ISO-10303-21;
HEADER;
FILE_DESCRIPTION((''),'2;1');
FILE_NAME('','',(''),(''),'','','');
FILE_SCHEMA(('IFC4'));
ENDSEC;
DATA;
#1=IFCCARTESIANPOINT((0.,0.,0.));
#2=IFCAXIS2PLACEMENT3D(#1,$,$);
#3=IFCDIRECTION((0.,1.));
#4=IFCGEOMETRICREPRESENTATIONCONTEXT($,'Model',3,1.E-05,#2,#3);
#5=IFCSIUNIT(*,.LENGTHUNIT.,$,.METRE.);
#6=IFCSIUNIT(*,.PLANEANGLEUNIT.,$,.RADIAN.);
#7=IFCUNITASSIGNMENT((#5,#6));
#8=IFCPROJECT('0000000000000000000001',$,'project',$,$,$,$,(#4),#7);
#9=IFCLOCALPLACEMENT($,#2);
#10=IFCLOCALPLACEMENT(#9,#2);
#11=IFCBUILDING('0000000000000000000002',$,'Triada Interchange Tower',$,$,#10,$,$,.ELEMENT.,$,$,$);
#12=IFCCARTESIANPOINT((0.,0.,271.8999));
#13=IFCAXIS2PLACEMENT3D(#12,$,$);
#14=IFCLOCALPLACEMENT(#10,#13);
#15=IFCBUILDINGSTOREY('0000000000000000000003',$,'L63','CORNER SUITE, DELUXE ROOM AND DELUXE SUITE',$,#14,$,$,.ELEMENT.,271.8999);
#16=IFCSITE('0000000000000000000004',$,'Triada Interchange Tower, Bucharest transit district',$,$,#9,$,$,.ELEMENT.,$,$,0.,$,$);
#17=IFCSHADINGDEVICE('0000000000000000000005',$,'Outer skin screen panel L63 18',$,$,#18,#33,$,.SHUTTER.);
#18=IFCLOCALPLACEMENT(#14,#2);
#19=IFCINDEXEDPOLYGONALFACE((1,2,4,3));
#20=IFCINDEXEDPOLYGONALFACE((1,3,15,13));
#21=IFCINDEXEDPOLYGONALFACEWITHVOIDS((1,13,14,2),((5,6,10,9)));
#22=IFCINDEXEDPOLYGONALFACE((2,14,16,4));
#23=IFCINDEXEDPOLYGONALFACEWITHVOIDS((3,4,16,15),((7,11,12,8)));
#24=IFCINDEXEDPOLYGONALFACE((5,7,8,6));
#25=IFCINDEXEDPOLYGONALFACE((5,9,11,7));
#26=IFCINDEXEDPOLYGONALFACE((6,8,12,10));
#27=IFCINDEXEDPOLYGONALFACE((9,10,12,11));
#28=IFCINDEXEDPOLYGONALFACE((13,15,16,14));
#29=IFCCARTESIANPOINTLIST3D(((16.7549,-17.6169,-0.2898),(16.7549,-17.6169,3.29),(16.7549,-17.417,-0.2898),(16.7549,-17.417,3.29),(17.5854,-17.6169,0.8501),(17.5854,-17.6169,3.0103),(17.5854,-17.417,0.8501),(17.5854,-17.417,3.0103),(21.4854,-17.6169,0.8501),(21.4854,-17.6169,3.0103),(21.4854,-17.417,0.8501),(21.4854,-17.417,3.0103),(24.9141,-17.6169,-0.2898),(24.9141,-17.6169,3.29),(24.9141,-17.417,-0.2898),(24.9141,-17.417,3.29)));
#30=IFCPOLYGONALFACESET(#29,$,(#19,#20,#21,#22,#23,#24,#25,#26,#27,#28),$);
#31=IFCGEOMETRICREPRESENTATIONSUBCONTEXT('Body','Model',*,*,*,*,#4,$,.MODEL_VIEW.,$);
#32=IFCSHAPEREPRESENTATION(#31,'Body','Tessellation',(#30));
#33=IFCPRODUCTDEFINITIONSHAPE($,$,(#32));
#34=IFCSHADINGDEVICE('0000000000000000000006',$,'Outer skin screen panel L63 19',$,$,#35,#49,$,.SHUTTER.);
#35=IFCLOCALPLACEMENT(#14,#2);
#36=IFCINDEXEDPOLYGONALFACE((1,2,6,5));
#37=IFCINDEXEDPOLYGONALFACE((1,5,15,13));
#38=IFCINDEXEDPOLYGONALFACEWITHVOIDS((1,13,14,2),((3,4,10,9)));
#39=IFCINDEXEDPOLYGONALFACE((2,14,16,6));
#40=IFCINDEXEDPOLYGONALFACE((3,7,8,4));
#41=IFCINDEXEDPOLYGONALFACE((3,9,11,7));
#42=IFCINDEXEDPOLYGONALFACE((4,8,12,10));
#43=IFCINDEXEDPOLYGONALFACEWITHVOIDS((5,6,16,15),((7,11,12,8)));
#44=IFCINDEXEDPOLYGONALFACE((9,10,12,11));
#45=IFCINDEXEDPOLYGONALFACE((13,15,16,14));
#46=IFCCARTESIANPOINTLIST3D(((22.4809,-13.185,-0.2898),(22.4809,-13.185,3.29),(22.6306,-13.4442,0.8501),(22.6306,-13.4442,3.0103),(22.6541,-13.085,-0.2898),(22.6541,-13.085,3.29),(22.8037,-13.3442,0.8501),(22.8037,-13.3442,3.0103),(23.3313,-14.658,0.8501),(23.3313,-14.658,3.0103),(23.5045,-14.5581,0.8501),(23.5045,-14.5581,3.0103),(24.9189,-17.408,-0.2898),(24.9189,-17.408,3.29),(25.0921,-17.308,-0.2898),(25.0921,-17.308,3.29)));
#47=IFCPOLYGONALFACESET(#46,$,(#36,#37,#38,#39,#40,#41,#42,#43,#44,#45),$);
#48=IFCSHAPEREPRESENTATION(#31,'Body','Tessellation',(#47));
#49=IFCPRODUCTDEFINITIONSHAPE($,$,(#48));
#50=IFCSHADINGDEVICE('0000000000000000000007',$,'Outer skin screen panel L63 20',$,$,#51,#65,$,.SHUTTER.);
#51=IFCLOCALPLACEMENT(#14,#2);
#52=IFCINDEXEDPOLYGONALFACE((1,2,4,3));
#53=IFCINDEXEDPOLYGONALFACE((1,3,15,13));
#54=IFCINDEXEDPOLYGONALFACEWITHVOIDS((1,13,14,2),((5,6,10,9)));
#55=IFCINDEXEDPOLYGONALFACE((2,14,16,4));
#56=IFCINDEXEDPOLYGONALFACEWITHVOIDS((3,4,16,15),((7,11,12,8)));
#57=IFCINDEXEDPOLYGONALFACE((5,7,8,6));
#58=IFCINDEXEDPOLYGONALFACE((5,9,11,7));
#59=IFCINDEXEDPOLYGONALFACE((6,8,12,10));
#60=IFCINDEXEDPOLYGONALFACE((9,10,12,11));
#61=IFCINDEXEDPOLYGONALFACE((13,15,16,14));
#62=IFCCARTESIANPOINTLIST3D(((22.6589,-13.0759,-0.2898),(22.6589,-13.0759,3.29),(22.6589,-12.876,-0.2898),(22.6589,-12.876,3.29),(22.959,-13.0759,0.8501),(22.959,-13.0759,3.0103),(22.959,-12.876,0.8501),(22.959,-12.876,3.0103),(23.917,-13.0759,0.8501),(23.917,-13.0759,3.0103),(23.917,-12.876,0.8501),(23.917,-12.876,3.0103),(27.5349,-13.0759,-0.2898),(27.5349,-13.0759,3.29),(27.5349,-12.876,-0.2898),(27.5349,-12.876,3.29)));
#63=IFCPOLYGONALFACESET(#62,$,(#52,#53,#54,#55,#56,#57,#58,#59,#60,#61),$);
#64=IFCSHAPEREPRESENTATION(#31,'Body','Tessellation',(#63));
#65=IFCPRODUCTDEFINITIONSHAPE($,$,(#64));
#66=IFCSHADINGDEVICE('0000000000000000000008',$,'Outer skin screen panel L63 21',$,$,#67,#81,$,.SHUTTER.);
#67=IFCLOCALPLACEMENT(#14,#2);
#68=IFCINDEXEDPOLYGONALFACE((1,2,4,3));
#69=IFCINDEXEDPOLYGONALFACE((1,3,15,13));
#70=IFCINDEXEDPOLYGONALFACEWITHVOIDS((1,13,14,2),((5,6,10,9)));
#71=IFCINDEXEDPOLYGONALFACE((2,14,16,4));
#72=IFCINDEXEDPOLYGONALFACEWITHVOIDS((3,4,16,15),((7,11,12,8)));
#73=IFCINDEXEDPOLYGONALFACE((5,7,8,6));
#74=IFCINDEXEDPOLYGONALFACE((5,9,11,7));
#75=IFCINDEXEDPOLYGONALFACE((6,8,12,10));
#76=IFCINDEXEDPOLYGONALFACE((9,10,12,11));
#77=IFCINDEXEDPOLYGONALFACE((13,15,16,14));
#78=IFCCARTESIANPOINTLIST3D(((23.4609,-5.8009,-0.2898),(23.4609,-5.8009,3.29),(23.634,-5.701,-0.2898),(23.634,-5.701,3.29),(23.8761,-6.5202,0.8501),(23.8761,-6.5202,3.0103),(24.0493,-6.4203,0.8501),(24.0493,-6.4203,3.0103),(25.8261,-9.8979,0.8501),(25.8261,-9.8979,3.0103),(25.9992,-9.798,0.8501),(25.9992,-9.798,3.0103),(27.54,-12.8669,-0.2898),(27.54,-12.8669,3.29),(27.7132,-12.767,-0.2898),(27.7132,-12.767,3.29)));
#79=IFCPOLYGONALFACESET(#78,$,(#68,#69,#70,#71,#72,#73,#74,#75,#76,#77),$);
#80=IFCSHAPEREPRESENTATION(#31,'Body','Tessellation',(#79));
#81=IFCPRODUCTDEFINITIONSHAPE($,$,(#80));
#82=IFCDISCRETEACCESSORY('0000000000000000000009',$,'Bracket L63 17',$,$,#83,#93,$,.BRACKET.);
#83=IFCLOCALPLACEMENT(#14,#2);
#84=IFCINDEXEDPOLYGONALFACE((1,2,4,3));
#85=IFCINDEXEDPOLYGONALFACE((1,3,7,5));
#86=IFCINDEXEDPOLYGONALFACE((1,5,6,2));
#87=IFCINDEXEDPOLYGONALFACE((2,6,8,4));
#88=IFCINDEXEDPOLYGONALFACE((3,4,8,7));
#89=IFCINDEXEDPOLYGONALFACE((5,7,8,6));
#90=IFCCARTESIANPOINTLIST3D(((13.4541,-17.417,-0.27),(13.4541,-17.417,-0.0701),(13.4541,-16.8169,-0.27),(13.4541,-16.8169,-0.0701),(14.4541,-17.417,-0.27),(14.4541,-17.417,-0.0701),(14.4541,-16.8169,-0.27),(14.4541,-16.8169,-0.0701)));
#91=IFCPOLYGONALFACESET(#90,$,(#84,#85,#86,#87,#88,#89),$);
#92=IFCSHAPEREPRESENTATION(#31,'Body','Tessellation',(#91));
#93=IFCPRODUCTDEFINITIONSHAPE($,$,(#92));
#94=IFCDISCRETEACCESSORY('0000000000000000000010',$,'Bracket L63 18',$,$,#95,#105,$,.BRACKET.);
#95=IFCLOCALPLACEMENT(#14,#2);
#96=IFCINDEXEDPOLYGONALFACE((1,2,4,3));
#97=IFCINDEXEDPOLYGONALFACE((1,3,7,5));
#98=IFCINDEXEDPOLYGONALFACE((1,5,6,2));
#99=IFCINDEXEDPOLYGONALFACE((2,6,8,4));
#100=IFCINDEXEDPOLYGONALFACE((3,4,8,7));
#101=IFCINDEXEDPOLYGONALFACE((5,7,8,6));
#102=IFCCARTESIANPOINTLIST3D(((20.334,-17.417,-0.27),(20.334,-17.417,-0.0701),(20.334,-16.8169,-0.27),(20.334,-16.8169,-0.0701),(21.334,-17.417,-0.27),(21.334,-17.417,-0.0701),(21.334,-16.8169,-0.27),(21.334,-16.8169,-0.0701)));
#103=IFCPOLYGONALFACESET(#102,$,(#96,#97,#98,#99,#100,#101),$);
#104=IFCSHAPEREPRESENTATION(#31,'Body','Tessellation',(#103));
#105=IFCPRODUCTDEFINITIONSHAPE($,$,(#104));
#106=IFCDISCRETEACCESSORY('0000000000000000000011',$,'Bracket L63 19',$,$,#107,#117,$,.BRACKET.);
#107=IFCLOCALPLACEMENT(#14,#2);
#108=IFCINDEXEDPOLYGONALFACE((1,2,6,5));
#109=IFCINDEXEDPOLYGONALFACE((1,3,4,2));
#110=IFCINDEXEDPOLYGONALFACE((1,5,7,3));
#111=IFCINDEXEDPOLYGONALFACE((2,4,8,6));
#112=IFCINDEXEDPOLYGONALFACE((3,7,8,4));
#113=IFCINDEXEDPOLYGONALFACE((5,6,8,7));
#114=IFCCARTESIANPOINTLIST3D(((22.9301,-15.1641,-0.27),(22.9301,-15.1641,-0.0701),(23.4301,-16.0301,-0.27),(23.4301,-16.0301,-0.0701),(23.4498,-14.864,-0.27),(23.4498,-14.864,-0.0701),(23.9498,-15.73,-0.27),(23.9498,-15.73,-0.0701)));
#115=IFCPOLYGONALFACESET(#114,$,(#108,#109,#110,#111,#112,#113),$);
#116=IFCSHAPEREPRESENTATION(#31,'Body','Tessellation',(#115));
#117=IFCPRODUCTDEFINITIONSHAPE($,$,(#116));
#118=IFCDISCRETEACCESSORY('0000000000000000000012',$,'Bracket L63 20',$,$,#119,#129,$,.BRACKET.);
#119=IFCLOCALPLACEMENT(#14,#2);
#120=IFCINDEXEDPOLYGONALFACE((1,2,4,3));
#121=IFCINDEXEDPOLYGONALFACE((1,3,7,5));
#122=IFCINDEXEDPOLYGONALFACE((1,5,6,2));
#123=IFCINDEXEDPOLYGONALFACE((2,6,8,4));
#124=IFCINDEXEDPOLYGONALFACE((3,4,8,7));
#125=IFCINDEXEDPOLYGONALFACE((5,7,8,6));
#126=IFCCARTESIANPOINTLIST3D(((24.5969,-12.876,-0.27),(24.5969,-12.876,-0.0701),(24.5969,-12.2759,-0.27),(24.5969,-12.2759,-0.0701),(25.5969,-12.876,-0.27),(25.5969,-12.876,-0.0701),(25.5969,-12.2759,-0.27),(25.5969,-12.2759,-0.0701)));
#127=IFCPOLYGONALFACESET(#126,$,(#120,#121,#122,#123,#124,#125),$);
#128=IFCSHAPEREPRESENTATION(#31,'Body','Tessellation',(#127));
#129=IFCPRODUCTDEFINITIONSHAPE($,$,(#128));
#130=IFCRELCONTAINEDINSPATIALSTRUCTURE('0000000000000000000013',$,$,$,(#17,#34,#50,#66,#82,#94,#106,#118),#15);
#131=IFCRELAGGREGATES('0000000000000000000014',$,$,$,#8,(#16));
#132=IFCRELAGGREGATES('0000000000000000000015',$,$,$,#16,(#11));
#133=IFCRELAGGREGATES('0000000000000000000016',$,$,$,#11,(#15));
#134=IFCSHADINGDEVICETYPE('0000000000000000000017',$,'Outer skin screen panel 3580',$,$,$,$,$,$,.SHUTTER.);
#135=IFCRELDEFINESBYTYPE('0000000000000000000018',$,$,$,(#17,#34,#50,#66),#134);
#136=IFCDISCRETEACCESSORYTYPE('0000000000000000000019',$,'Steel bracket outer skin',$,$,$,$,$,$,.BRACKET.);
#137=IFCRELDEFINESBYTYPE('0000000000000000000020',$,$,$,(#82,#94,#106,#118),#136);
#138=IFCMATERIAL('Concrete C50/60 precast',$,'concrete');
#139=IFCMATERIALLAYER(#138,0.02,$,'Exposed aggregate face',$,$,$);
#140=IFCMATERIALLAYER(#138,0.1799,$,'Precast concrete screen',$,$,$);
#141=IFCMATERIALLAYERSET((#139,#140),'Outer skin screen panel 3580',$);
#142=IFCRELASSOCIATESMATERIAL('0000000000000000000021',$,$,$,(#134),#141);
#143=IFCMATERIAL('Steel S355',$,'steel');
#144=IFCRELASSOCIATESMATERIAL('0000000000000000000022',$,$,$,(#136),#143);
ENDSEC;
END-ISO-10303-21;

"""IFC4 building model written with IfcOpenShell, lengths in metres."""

from ifc_helpers import new_model, si_unit, direction, frame, origin, origin_2d, place, context, subcontext, project, spatial, polyline, rectangle, outline, extrude, material, layer, layer_set, type_object, element, save


model = new_model("IFC4")

# Units and contexts
model_context = context("Model", 3, precision=1e-05, world=origin(), true_north=direction((0.0, 1.0)))
body_context = subcontext(model_context, "Body", "Model", "MODEL_VIEW")
ifc_project = project(units=[si_unit("LENGTHUNIT", "METRE"), si_unit("PLANEANGLEUNIT", "RADIAN")], contexts=[model_context])

# Site, building, storey
site_placement = place(None, origin())
site = spatial("IfcSite", under=ifc_project, at=site_placement, Name="Triada Interchange Tower, Bucharest transit district", CompositionType="ELEMENT", RefElevation=0.0)
building_placement = place(site_placement, origin())
building = spatial("IfcBuilding", under=site, at=building_placement, Name="Triada Interchange Tower", CompositionType="ELEMENT")
storey_placement = place(building_placement, frame((0.0, 0.0, 271.8999)))
storey = spatial("IfcBuildingStorey", under=building, at=storey_placement, Name="L63", Description="CORNER SUITE, DELUXE ROOM AND DELUXE SUITE", CompositionType="ELEMENT", Elevation=271.8999)

# Shading devices
ifc_material_1 = material(Name="Concrete C50/60 precast", Category="concrete")
ifc_layer_1 = layer(ifc_material_1, 0.02, Name="Exposed aggregate face")
ifc_layer_2 = layer(ifc_material_1, 0.1799, Name="Precast concrete screen")
ifc_layer_set_1 = layer_set([ifc_layer_1, ifc_layer_2], Name="Outer skin screen panel 3580")
shading_device_type = type_object("IfcShadingDeviceType", Name="Outer skin screen panel 3580", PredefinedType="SHUTTER", material=ifc_layer_set_1)
shading_device_1_placement = place(storey_placement, frame((16.7549, -17.417, -0.2898), z_axis=(0.0, 0.0, 1.0), x_axis=(1.0, 0.0, 0.0)))
element("IfcShadingDevice", 1, at=shading_device_1_placement, inside=storey, type_object=shading_device_type, Name="Outer skin screen panel L63 18", PredefinedType="SHUTTER", context=body_context, shape_type="SweptSolid", body=[
    extrude(outline(polyline([(0.0, 0.0), (8.1592, 0.0), (8.1592, 3.5798), (0.0, 3.5798), (0.0, 0.0)]), holes=[polyline([(0.8306, 1.1399), (0.8306, 3.3), (4.7305, 3.3), (4.7305, 1.1399), (0.8306, 1.1399)])]), frame((0.0, 0.0, 0.0), z_axis=(0.0, -1.0, 0.0), x_axis=(1.0, 0.0, 0.0)), (0.0, 0.0, 1.0), 0.2),
])
shading_device_2_placement = place(storey_placement, frame((24.9189, -17.408, -0.2898), z_axis=(0.0, 0.0, 1.0), x_axis=(-0.499984, 0.866035, 0.0)))
element("IfcShadingDevice", 2, at=shading_device_2_placement, inside=storey, type_object=shading_device_type, Name="Outer skin screen panel L63 19", PredefinedType="SHUTTER", context=body_context, shape_type="SweptSolid", body=[
    extrude(outline(polyline([(0.0, 0.0), (4.8762, 0.0), (4.8762, 3.5798), (0.0, 3.5798), (0.0, 0.0)]), holes=[polyline([(3.1753, 1.1399), (3.1753, 3.3), (4.5769, 3.3), (4.5769, 1.1399), (3.1753, 1.1399)])]), frame((0.0, 0.0, 0.0), z_axis=(0.0, -1.0, 0.0), x_axis=(1.0, 0.0, 0.0)), (0.0, 0.0, 1.0), 0.2),
])
shading_device_3_placement = place(storey_placement, frame((22.6589, -12.876, -0.2898), z_axis=(0.0, 0.0, 1.0), x_axis=(1.0, 0.0, 0.0)))
element("IfcShadingDevice", 3, at=shading_device_3_placement, inside=storey, type_object=shading_device_type, Name="Outer skin screen panel L63 20", PredefinedType="SHUTTER", context=body_context, shape_type="SweptSolid", body=[
    extrude(outline(polyline([(0.0, 0.0), (4.876, 0.0), (4.876, 3.5798), (0.0, 3.5798), (0.0, 0.0)]), holes=[polyline([(0.3, 1.1399), (0.3, 3.3), (1.2581, 3.3), (1.2581, 1.1399), (0.3, 1.1399)])]), frame((0.0, 0.0, 0.0), z_axis=(0.0, -1.0, 0.0), x_axis=(1.0, 0.0, 0.0)), (0.0, 0.0, 1.0), 0.2),
])
shading_device_4_placement = place(storey_placement, frame((27.54, -12.8669, -0.2898), z_axis=(0.0, 0.0, 1.0), x_axis=(-0.499962, 0.866047, 0.0)))
element("IfcShadingDevice", 4, at=shading_device_4_placement, inside=storey, type_object=shading_device_type, Name="Outer skin screen panel L63 21", PredefinedType="SHUTTER", context=body_context, shape_type="SweptSolid", body=[
    extrude(outline(polyline([(0.0, 0.0), (8.1589, 0.0), (8.1589, 3.5798), (0.0, 3.5798), (0.0, 0.0)]), holes=[polyline([(3.4282, 1.1399), (3.4282, 3.3), (7.3284, 3.3), (7.3284, 1.1399), (3.4282, 1.1399)])]), frame((0.0, 0.0, 0.0), z_axis=(0.0, -1.0, 0.0), x_axis=(1.0, 0.0, 0.0)), (0.0, 0.0, 1.0), 0.2),
])

# Discrete accessories
ifc_material_2 = material(Name="Steel S355", Category="steel")
discrete_accessory_type = type_object("IfcDiscreteAccessoryType", Name="Steel bracket outer skin", PredefinedType="BRACKET", material=ifc_material_2)
for number, where, z_axis, x_axis, name in (
    (5, (13.9541, -17.1169, -0.27), (0.0, 0.0, 1.0), (0.0, -1.0, 0.0), "Bracket L63 17"),
    (6, (20.834, -17.1169, -0.27), (0.0, 0.0, 1.0), (0.0, -1.0, 0.0), "Bracket L63 18"),
    (7, (23.4399, -15.447, -0.27), (0.0, 0.0, 1.0), (0.866005, 0.500036, 0.0), "Bracket L63 19"),
    (8, (25.0969, -12.5759, -0.27), (0.0, 0.0, 1.0), (0.0, -1.0, 0.0), "Bracket L63 20"),
):
    element("IfcDiscreteAccessory", number, at=place(storey_placement, frame(where, z_axis=z_axis, x_axis=x_axis)), inside=storey, type_object=discrete_accessory_type, Name=name, PredefinedType="BRACKET", context=body_context, shape_type="SweptSolid", body=[
        extrude(rectangle(XDim=0.6001, YDim=1.0, at=origin_2d()), origin(), (0.0, 0.0, 1.0), 0.2),
    ])

save(model, "model.ifc")
